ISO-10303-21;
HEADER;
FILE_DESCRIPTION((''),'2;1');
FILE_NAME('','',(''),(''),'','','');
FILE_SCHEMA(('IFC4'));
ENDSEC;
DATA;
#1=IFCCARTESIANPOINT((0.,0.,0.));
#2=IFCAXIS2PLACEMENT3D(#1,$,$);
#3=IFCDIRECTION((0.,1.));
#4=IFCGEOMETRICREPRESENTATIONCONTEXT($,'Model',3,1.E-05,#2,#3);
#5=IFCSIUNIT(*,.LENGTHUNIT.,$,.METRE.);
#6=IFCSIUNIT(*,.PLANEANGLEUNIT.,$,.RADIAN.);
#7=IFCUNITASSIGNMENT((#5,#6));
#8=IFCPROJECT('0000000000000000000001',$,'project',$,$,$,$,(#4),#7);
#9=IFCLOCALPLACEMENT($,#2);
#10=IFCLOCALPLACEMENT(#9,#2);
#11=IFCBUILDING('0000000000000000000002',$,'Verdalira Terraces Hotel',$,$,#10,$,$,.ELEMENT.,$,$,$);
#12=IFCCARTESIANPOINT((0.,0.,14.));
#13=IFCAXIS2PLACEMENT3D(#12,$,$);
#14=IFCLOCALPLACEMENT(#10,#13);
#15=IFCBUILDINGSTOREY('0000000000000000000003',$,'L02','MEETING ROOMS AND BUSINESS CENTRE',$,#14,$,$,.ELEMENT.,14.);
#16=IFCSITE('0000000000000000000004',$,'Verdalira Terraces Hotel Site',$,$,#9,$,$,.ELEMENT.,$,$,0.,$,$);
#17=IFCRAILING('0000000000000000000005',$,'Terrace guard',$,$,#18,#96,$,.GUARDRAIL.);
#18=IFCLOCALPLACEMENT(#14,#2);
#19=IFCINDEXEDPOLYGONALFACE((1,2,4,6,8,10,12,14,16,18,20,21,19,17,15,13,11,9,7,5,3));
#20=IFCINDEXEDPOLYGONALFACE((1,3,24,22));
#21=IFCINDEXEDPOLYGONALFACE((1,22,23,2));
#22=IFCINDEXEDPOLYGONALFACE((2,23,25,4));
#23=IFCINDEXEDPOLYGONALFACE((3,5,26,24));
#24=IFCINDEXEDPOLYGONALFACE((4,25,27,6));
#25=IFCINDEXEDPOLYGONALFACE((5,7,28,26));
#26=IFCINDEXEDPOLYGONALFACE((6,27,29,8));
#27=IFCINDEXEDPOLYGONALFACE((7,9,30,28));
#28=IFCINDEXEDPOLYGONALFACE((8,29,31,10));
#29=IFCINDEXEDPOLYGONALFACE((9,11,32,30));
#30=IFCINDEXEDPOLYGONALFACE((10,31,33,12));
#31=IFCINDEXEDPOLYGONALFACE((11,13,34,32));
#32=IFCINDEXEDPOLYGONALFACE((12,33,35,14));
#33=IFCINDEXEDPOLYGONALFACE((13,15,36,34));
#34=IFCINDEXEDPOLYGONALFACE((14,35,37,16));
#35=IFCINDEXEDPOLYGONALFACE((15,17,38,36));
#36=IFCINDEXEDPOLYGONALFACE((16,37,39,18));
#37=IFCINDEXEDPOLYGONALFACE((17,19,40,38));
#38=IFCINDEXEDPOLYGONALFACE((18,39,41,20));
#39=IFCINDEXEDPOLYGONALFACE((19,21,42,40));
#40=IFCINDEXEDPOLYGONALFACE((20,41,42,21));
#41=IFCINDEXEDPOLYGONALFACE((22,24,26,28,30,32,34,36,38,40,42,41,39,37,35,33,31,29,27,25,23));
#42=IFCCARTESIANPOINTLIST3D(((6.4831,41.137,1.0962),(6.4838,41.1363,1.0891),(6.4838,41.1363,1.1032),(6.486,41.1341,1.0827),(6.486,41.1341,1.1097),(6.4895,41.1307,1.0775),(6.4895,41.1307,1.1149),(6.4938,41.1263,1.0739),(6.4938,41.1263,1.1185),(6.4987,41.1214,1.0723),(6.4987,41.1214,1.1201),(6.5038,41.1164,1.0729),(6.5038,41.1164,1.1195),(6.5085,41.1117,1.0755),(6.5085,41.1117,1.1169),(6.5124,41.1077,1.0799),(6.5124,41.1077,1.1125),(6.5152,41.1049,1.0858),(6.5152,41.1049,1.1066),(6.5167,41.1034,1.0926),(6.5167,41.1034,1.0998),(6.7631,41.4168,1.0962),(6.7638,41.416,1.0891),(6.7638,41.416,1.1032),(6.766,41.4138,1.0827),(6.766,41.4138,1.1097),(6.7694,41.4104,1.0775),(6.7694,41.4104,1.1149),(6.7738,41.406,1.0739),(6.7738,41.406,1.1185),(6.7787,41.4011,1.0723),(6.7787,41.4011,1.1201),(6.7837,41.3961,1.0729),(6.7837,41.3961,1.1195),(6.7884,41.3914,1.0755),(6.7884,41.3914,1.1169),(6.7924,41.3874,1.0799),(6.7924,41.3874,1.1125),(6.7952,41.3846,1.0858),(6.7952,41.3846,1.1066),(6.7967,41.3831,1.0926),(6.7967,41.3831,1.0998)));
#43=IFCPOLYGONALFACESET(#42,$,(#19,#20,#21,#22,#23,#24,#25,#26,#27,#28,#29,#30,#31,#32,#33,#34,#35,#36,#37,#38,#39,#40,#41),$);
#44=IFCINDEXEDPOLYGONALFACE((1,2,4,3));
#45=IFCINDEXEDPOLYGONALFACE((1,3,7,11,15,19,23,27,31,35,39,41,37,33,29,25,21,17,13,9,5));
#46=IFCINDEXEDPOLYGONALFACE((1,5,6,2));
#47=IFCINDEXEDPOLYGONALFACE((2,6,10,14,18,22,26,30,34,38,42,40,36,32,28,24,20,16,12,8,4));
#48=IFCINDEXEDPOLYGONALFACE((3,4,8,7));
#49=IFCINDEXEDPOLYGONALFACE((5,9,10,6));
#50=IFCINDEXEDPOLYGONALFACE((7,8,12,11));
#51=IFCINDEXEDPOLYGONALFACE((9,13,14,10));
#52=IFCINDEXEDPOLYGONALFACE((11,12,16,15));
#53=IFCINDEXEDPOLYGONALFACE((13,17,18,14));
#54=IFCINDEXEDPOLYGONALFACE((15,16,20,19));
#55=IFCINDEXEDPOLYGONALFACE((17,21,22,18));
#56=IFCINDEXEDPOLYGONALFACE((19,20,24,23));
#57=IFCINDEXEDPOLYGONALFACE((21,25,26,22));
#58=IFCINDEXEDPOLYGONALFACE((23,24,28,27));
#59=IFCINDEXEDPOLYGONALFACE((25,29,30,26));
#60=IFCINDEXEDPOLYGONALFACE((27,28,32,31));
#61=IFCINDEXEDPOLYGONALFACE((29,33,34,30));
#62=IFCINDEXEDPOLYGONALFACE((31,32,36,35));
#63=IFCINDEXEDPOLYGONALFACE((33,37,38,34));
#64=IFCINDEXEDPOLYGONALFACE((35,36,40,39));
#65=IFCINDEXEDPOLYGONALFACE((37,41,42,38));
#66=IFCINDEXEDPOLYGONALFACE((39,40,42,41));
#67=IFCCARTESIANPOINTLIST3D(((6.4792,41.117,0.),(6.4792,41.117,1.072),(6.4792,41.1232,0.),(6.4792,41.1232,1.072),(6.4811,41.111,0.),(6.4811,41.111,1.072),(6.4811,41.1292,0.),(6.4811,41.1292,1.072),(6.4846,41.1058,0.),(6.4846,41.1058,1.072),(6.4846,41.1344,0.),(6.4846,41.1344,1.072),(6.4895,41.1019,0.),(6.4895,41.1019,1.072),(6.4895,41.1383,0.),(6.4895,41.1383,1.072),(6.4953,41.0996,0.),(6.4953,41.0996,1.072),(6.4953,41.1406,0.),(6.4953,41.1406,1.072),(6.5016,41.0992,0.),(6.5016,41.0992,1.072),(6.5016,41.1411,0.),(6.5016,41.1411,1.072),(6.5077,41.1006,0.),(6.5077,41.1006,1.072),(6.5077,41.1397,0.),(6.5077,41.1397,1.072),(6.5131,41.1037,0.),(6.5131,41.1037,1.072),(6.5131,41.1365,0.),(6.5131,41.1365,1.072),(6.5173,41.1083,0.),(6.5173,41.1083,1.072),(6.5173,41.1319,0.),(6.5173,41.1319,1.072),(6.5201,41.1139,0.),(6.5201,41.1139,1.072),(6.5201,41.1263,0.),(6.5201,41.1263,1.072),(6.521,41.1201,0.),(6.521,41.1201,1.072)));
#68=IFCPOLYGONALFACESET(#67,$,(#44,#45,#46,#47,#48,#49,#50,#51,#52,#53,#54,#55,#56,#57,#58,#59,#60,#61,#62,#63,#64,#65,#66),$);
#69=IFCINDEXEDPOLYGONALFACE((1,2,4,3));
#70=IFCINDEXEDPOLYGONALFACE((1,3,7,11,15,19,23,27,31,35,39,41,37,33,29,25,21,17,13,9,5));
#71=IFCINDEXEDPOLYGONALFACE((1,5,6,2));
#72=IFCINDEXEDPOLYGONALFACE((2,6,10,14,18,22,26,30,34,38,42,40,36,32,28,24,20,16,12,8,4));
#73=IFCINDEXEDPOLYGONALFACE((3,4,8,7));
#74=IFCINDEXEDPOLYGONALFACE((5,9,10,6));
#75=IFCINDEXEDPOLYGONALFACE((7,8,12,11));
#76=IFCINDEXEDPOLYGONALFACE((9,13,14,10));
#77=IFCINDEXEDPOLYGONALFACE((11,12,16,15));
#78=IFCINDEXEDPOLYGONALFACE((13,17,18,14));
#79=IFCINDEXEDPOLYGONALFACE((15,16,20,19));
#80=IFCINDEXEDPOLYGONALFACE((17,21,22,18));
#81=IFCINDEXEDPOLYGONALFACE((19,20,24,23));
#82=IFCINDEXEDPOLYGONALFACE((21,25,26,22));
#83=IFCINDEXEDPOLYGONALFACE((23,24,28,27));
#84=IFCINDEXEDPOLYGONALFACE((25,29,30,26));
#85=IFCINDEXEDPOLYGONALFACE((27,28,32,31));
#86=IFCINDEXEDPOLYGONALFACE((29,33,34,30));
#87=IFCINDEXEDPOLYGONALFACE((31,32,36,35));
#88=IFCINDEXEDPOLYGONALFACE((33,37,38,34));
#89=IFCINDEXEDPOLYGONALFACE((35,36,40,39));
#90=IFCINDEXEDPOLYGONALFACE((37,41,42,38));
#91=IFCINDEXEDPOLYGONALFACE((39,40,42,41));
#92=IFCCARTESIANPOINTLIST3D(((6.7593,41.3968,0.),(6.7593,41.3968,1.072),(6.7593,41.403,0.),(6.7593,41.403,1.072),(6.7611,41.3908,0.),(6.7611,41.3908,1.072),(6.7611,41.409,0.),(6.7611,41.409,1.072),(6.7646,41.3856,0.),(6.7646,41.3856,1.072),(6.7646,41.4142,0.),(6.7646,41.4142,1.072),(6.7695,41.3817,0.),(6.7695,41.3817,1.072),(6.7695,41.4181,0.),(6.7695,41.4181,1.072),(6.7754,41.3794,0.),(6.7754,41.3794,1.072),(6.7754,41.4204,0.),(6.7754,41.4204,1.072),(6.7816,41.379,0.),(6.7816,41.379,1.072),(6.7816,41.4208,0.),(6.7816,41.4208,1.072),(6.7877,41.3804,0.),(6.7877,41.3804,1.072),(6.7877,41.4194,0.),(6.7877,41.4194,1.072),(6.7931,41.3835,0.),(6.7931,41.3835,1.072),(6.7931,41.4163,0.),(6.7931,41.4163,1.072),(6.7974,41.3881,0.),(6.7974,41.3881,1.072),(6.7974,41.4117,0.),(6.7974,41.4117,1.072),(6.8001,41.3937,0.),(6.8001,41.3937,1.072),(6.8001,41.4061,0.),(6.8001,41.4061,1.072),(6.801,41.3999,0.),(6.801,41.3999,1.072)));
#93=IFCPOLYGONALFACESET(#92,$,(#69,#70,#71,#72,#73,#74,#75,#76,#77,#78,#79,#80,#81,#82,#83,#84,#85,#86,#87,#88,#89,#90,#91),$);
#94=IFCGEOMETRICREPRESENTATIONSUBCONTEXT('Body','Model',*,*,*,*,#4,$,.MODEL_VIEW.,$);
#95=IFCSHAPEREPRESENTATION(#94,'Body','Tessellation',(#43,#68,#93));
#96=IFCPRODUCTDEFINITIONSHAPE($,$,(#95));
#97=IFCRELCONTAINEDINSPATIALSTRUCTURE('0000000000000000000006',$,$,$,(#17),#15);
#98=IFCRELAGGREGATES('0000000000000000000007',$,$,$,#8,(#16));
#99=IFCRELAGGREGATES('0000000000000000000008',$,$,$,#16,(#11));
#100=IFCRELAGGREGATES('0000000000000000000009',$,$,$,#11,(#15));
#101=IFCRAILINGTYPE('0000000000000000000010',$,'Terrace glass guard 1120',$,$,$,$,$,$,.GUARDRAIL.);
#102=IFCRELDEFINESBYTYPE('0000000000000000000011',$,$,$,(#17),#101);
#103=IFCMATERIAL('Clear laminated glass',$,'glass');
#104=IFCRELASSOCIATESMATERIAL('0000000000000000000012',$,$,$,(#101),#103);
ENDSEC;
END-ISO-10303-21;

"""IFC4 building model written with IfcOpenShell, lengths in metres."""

from ifc_helpers import new_model, si_unit, direction, frame, origin, origin_2d, place, context, subcontext, project, spatial, circle, extrude, material, type_object, element, save


model = new_model("IFC4")

# Units and contexts
model_context = context("Model", 3, precision=1e-05, world=origin(), true_north=direction((0.0, 1.0)))
body_context = subcontext(model_context, "Body", "Model", "MODEL_VIEW")
ifc_project = project(units=[si_unit("LENGTHUNIT", "METRE"), si_unit("PLANEANGLEUNIT", "RADIAN")], contexts=[model_context])

# Site, building, storey
site_placement = place(None, origin())
site = spatial("IfcSite", under=ifc_project, at=site_placement, Name="Verdalira Terraces Hotel Site", CompositionType="ELEMENT", RefElevation=0.0)
building_placement = place(site_placement, origin())
building = spatial("IfcBuilding", under=site, at=building_placement, Name="Verdalira Terraces Hotel", CompositionType="ELEMENT")
storey_placement = place(building_placement, frame((0.0, 0.0, 14.0)))
storey = spatial("IfcBuildingStorey", under=building, at=storey_placement, Name="L02", Description="MEETING ROOMS AND BUSINESS CENTRE", CompositionType="ELEMENT", Elevation=14.0)

# Railing
ifc_material_1 = material(Name="Clear laminated glass", Category="glass")
railing_type_1 = type_object("IfcRailingType", Name="Terrace glass guard 1120", PredefinedType="GUARDRAIL", material=ifc_material_1)
railing_1_placement = place(storey_placement, frame((6.5, 41.1201, 0.0)))
element("IfcRailing", 1, at=railing_1_placement, inside=storey, type_object=railing_type_1, Name="Terrace guard", PredefinedType="GUARDRAIL", context=body_context, shape_type="SweptSolid", body=[
    extrude(circle(Radius=0.0239, at=origin_2d()), frame((0.0, 0.0, 1.0962), z_axis=(0.707415, 0.706798, 0.0), x_axis=(-0.706798, 0.707415, 0.0)), (0.0, 0.0, 1.0), 0.3958),
    extrude(circle(Radius=0.021, at=origin_2d()), origin(), (0.0, 0.0, 1.0), 1.072),
    extrude(circle(Radius=0.021, at=origin_2d()), frame((0.28, 0.2798, 0.0)), (0.0, 0.0, 1.0), 1.072),
])

save(model, "model.ifc")
